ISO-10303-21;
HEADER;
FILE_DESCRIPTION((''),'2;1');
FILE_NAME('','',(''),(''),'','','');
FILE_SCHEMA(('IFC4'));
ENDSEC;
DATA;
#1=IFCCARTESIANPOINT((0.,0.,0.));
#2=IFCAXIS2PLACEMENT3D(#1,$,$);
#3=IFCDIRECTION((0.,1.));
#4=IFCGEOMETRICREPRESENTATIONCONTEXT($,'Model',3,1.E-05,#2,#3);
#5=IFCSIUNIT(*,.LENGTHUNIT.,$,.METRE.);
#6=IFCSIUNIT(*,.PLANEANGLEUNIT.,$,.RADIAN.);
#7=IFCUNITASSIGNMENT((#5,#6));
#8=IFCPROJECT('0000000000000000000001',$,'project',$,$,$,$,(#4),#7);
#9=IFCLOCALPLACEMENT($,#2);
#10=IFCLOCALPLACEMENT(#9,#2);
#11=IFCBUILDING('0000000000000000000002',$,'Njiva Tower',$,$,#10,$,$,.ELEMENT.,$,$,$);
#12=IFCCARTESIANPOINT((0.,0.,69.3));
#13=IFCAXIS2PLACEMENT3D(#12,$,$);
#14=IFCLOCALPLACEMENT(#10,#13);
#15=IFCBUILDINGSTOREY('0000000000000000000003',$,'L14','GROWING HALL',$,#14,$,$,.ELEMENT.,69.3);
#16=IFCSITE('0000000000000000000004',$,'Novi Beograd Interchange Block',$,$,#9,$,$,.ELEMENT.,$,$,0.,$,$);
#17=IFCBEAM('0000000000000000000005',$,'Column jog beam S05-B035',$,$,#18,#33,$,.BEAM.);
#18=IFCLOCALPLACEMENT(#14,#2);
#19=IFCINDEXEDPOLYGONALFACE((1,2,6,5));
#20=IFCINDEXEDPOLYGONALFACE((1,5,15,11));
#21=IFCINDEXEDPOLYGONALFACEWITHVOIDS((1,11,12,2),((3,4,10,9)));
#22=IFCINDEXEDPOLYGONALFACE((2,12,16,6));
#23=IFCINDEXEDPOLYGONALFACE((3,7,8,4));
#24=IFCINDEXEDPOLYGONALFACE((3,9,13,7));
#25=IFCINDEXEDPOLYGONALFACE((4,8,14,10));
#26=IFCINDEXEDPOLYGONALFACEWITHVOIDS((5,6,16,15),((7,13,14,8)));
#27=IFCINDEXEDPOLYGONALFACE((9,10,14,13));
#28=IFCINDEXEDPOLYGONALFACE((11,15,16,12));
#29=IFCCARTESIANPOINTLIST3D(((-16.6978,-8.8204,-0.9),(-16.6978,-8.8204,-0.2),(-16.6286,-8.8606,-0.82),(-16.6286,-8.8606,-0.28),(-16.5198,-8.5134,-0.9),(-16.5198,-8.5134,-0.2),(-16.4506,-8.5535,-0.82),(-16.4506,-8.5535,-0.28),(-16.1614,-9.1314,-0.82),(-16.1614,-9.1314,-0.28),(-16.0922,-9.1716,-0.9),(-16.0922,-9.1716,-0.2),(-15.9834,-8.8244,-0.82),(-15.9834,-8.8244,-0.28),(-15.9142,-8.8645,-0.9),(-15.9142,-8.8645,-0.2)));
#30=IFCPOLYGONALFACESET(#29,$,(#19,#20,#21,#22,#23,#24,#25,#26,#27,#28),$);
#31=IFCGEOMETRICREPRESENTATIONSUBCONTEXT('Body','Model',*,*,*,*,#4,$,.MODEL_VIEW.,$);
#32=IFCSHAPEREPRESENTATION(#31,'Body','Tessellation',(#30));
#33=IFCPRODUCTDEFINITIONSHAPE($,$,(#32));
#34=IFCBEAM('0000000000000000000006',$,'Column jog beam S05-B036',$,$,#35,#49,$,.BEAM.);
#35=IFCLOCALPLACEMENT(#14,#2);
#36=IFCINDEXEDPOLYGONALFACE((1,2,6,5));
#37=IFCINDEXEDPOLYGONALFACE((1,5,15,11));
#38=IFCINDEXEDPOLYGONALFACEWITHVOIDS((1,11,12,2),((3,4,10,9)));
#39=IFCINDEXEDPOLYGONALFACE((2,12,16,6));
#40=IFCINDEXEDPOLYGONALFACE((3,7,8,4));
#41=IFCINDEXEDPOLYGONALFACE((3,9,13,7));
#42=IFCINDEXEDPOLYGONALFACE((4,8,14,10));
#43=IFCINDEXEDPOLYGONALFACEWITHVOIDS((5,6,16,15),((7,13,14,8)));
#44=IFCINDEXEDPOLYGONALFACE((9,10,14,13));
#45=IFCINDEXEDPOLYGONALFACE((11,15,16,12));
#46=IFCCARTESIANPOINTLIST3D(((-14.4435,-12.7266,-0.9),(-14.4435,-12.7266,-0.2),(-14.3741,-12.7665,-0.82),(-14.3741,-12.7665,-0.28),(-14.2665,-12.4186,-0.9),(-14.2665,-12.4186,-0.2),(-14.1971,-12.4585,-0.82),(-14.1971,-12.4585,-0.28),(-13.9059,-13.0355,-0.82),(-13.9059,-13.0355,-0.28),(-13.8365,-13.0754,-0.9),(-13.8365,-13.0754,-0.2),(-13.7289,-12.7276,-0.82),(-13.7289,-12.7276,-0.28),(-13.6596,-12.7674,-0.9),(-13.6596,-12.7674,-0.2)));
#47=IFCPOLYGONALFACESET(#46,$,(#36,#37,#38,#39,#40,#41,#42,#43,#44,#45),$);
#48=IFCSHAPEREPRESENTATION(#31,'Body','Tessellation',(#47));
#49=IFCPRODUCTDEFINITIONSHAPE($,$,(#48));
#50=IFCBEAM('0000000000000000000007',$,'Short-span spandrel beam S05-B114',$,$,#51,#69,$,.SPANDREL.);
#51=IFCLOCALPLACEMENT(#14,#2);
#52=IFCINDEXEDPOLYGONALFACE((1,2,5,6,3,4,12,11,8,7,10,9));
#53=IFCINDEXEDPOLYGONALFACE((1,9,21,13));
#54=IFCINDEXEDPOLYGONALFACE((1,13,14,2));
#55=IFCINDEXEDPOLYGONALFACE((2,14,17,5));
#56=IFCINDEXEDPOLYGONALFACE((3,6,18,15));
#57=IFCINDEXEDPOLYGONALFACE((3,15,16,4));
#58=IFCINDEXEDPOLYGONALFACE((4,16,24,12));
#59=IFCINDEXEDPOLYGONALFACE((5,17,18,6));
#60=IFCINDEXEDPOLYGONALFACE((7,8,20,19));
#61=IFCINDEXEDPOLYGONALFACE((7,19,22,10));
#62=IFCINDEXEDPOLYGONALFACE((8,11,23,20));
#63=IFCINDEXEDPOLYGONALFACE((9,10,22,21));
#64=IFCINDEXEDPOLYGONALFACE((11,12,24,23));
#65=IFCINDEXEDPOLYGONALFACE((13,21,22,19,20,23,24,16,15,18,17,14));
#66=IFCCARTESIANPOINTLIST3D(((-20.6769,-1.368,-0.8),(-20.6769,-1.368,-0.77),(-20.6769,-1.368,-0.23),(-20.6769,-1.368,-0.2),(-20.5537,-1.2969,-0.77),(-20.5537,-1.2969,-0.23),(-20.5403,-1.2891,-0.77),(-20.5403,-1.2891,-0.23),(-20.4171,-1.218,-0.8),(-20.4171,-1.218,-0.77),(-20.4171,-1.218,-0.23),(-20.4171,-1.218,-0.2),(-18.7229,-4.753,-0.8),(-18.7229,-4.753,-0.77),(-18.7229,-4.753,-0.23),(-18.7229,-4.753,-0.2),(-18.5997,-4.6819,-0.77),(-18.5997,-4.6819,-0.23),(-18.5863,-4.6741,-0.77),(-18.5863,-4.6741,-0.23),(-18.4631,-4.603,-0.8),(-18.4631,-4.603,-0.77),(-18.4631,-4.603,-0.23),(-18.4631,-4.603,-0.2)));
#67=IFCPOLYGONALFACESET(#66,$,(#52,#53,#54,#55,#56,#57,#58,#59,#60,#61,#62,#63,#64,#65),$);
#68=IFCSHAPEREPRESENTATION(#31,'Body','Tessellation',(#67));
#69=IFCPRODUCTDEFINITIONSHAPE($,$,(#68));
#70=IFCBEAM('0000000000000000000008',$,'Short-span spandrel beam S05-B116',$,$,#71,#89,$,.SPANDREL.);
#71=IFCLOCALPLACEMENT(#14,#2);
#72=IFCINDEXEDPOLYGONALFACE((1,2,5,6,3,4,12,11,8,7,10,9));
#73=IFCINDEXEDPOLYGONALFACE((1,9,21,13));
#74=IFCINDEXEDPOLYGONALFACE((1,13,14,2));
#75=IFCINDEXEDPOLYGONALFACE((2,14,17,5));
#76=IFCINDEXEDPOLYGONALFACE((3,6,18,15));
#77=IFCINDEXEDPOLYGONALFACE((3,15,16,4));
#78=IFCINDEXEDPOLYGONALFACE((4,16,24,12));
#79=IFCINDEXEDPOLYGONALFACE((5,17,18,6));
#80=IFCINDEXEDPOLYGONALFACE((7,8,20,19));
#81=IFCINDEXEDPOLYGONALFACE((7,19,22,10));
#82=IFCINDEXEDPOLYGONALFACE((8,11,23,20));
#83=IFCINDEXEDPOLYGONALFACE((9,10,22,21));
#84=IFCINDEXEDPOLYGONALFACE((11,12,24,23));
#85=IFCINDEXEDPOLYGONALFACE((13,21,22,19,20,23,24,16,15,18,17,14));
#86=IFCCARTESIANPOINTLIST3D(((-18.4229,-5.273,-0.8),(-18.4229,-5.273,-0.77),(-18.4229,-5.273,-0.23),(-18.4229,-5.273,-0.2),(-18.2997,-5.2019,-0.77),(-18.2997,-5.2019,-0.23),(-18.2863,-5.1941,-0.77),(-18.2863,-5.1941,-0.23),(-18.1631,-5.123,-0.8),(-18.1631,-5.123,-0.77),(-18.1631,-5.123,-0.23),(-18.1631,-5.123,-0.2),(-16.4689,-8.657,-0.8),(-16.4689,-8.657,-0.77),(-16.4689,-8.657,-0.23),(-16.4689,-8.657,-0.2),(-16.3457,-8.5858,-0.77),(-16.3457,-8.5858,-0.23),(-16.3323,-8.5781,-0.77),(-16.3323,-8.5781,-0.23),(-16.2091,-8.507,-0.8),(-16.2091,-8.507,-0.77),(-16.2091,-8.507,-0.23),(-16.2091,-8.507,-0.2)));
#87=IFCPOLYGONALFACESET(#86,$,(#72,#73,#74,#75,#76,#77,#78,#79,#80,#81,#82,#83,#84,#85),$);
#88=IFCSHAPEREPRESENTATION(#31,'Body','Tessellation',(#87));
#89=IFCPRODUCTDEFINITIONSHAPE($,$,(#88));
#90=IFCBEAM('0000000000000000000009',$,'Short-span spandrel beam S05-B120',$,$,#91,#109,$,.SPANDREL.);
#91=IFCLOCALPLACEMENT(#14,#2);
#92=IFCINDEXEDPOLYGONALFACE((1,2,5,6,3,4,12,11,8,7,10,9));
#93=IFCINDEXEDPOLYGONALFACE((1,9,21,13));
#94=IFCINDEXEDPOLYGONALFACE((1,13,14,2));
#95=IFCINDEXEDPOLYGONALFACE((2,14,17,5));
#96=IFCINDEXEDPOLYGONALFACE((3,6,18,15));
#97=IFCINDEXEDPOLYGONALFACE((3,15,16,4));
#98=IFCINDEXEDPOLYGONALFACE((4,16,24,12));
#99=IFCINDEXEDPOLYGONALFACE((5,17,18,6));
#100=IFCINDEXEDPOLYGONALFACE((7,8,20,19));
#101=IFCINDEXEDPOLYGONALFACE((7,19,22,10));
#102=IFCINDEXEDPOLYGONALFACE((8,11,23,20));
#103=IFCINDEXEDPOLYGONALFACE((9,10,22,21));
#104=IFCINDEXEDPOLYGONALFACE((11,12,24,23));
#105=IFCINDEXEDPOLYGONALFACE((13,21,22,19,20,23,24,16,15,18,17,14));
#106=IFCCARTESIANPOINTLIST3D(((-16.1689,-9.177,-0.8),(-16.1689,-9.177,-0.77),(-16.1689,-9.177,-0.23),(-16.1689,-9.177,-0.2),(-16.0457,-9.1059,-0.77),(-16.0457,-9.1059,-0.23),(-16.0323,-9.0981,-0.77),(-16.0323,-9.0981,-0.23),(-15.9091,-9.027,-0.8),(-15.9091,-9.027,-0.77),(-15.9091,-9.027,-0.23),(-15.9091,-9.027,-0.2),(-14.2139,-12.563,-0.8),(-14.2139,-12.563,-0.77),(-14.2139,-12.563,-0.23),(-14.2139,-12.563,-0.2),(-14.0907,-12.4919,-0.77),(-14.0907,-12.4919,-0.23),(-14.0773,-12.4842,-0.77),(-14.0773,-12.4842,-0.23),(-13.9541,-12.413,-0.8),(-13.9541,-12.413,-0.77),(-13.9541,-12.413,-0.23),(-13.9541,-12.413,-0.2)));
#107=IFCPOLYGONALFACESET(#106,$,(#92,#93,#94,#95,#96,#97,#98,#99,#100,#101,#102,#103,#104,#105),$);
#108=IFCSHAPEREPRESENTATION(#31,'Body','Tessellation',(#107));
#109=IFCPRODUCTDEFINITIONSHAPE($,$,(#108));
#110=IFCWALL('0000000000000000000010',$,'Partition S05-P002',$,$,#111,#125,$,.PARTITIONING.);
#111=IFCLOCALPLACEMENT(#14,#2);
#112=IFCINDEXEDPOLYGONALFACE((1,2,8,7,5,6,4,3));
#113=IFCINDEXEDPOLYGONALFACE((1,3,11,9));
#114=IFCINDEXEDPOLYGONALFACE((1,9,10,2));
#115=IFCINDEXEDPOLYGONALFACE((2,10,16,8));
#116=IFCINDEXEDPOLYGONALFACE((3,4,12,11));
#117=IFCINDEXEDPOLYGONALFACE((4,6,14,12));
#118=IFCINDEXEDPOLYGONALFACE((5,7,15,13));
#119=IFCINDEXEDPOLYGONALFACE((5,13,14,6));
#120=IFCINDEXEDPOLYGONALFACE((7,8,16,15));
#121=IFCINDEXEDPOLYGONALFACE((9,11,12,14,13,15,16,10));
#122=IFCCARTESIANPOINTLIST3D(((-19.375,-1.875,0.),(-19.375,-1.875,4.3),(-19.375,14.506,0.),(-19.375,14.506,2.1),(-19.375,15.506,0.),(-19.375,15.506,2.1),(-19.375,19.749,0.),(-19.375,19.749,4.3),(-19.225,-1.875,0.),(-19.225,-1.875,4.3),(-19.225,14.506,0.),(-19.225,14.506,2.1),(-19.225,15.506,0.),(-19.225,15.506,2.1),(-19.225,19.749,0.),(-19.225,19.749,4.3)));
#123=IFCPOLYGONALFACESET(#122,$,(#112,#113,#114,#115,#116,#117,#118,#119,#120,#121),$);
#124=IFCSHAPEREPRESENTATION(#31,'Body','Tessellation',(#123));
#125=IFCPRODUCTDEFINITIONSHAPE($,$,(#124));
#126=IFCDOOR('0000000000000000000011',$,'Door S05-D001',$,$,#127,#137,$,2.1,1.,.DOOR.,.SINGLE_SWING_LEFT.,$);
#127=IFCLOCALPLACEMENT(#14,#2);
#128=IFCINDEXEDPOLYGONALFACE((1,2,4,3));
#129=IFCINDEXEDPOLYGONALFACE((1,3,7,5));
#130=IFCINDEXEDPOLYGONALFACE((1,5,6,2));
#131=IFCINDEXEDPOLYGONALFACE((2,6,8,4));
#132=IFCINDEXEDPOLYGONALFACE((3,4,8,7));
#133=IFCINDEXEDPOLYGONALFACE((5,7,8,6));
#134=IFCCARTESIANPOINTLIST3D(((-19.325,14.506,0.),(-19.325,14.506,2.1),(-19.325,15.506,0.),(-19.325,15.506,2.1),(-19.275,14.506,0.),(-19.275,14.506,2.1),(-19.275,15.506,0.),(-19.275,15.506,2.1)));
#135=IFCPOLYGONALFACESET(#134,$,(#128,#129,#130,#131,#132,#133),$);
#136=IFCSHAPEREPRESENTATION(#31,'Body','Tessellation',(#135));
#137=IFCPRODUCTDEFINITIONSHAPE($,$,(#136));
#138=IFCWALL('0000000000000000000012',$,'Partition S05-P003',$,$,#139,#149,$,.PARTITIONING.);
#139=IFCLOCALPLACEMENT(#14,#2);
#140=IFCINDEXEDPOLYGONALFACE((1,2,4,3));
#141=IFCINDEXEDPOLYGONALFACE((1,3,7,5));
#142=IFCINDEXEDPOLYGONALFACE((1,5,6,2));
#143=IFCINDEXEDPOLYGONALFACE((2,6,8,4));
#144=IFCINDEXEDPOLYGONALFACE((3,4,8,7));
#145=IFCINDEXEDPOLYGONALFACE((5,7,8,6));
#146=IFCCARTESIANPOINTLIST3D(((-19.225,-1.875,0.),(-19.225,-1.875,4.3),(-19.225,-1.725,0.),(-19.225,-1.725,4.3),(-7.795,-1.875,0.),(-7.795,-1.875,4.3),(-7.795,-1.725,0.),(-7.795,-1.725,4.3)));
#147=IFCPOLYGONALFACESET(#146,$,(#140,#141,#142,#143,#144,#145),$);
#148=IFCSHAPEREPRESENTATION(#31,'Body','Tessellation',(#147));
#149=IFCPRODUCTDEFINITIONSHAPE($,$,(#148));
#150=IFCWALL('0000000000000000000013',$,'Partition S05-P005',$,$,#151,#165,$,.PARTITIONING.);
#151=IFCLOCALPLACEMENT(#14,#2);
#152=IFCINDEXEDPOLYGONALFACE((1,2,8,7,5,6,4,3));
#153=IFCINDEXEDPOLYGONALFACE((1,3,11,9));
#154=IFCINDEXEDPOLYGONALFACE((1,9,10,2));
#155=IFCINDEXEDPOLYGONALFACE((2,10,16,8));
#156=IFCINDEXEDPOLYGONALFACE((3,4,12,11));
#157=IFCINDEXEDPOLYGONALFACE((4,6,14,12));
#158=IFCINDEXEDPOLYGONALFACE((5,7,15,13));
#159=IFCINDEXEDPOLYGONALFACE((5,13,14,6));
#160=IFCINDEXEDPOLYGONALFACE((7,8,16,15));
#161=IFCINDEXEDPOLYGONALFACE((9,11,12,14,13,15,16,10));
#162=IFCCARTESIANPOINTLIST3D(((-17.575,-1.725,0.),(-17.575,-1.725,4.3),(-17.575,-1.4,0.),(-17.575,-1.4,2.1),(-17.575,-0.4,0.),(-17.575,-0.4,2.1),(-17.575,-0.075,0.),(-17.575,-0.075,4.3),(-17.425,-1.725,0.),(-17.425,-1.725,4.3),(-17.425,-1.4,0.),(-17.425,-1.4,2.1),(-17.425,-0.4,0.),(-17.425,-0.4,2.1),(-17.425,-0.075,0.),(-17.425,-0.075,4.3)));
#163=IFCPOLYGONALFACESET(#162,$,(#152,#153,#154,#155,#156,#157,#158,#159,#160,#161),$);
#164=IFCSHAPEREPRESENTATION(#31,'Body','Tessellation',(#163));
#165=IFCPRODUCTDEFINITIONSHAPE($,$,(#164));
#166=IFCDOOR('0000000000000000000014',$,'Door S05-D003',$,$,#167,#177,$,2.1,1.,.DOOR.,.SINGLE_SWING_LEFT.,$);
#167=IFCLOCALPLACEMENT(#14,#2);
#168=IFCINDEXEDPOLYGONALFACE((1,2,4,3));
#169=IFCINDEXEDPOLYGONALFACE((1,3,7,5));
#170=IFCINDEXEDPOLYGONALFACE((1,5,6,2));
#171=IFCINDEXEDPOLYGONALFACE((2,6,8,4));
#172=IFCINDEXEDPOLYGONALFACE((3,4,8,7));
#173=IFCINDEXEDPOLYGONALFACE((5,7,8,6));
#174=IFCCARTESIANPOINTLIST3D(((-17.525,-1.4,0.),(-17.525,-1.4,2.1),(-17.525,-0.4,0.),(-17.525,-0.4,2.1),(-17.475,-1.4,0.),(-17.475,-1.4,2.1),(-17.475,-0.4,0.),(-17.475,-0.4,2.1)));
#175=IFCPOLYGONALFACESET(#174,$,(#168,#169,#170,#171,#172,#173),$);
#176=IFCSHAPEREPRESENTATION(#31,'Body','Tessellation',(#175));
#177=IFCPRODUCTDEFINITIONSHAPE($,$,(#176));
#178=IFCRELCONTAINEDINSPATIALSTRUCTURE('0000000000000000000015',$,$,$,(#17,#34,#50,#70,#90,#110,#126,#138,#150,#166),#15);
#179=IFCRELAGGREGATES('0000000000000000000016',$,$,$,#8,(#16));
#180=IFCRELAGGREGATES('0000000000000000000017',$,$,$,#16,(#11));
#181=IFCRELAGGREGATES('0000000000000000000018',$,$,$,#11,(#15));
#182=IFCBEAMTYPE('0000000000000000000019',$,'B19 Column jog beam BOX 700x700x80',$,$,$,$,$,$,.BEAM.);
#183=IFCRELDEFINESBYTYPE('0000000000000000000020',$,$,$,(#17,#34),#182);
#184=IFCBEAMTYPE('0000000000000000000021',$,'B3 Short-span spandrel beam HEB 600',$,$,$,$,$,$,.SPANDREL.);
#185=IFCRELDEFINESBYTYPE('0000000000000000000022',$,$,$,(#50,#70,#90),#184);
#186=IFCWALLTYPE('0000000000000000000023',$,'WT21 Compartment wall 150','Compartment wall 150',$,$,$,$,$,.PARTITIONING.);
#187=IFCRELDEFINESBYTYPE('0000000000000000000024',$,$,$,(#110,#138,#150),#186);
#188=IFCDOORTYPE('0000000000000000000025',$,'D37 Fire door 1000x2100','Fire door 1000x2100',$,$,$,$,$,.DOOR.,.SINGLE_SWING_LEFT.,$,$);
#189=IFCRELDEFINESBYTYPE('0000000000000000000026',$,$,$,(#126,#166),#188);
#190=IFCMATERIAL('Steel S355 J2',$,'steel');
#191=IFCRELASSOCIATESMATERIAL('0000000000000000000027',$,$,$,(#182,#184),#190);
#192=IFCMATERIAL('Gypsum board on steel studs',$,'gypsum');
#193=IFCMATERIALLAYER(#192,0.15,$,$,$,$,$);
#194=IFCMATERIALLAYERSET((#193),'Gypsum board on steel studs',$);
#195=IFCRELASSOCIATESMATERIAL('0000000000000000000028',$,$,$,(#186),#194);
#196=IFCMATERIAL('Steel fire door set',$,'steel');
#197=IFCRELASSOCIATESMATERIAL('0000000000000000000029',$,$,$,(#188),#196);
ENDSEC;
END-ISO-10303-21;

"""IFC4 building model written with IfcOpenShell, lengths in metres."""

from ifc_helpers import new_model, si_unit, direction, frame, frame_2d, origin, origin_2d, place, context, subcontext, project, spatial, rectangle, hollow_rectangle, i_section, extrude, material, layer, layer_set, material_profile, profile_set, type_object, element, fill, save


model = new_model("IFC4")

# Units and contexts
model_context = context("Model", 3, precision=1e-05, world=origin(), true_north=direction((0.0, 1.0)))
body_context = subcontext(model_context, "Body", "Model", "MODEL_VIEW")
ifc_project = project(units=[si_unit("LENGTHUNIT", "METRE"), si_unit("PLANEANGLEUNIT", "RADIAN")], contexts=[model_context])

# Site, building, storey
site_placement = place(None, origin())
site = spatial("IfcSite", under=ifc_project, at=site_placement, Name="Novi Beograd Interchange Block", CompositionType="ELEMENT", RefElevation=0.0)
building_placement = place(site_placement, origin())
building = spatial("IfcBuilding", under=site, at=building_placement, Name="Njiva Tower", CompositionType="ELEMENT")
storey_placement = place(building_placement, frame((0.0, 0.0, 69.3)))
storey = spatial("IfcBuildingStorey", under=building, at=storey_placement, Name="L14", Description="GROWING HALL", CompositionType="ELEMENT", Elevation=69.3)

# Shared definitions
ifc_material_1 = material(Name="Steel S355 J2", Category="steel")

# Beams
ifc_material_profile_1 = material_profile(ifc_material_1, hollow_rectangle(XDim=0.7, YDim=0.7, WallThickness=0.08, at=origin_2d()), Name="BOX 700x700x80")
ifc_profile_set_1 = profile_set([ifc_material_profile_1], Name="Steel S355 J2")
beam_type_1 = type_object("IfcBeamType", Name="B19 Column jog beam BOX 700x700x80", PredefinedType="BEAM", material=ifc_profile_set_1)
for number, where, z_axis, x_axis, name in (
    (1, (-16.395, -8.996, -0.55), (0.501592, 0.865105, 0.0), (-0.865105, 0.501592, 0.0), "Column jog beam S05-B035"),
):
    element("IfcBeam", number, at=place(storey_placement, frame(where, z_axis=z_axis, x_axis=x_axis)), inside=storey, type_object=beam_type_1, Name=name, PredefinedType="BEAM", context=body_context, shape_type="SweptSolid", body=[
        extrude(hollow_rectangle(XDim=0.7, YDim=0.7, WallThickness=0.08, at=origin_2d()), origin(), (0.0, 0.0, 1.0), 0.3549),
    ])
beam_1_placement = place(storey_placement, frame((-14.14, -12.901, -0.55), z_axis=(0.49826, 0.867028, 0.0), x_axis=(-0.867028, 0.49826, 0.0)))
element("IfcBeam", 2, at=beam_1_placement, inside=storey, type_object=beam_type_1, Name="Column jog beam S05-B036", PredefinedType="BEAM", context=body_context, shape_type="SweptSolid", body=[
    extrude(hollow_rectangle(XDim=0.7, YDim=0.7, WallThickness=0.08, at=origin_2d()), origin(), (0.0, 0.0, 1.0), 0.3552),
])
ifc_material_profile_2 = material_profile(ifc_material_1, i_section(OverallWidth=0.3, OverallDepth=0.6, WebThickness=0.0155, FlangeThickness=0.03, at=origin_2d()), Name="HEB 600")
ifc_profile_set_2 = profile_set([ifc_material_profile_2], Name="Steel S355 J2")
beam_type_2 = type_object("IfcBeamType", Name="B3 Short-span spandrel beam HEB 600", PredefinedType="SPANDREL", material=ifc_profile_set_2)
beam_2_placement = place(storey_placement, frame((-20.547, -1.293, -0.5), z_axis=(0.499937, -0.866062, 0.0), x_axis=(0.866062, 0.499937, 0.0)))
element("IfcBeam", 3, at=beam_2_placement, inside=storey, type_object=beam_type_2, Name="Short-span spandrel beam S05-B114", PredefinedType="SPANDREL", context=body_context, shape_type="SweptSolid", body=[
    extrude(i_section(OverallWidth=0.3, OverallDepth=0.6, WebThickness=0.0155, FlangeThickness=0.03, at=origin_2d()), origin(), (0.0, 0.0, 1.0), 3.9085),
])
beam_3_placement = place(storey_placement, frame((-18.293, -5.198, -0.5), z_axis=(0.500047, -0.865998, 0.0), x_axis=(0.865998, 0.500047, 0.0)))
element("IfcBeam", 4, at=beam_3_placement, inside=storey, type_object=beam_type_2, Name="Short-span spandrel beam S05-B116", PredefinedType="SPANDREL", context=body_context, shape_type="SweptSolid", body=[
    extrude(i_section(OverallWidth=0.3, OverallDepth=0.6, WebThickness=0.0155, FlangeThickness=0.03, at=origin_2d()), origin(), (0.0, 0.0, 1.0), 3.9076),
])
beam_4_placement = place(storey_placement, frame((-16.039, -9.102, -0.5), z_axis=(0.500018, -0.866015, 0.0), x_axis=(0.866015, 0.500018, 0.0)))
element("IfcBeam", 5, at=beam_4_placement, inside=storey, type_object=beam_type_2, Name="Short-span spandrel beam S05-B120", PredefinedType="SPANDREL", context=body_context, shape_type="SweptSolid", body=[
    extrude(i_section(OverallWidth=0.3, OverallDepth=0.6, WebThickness=0.0155, FlangeThickness=0.03, at=origin_2d()), origin(), (0.0, 0.0, 1.0), 3.9099),
])

# Wall, opening, door
ifc_material_2 = material(Name="Gypsum board on steel studs", Category="gypsum")
ifc_layer = layer(ifc_material_2, 0.15)
ifc_layer_set = layer_set([ifc_layer], Name="Gypsum board on steel studs")
wall_type = type_object("IfcWallType", Name="WT21 Compartment wall 150", Description="Compartment wall 150", PredefinedType="PARTITIONING", material=ifc_layer_set)
wall_1_placement = place(storey_placement, frame((-19.3, -1.875, 0.0), z_axis=(0.0, 0.0, 1.0), x_axis=(0.0, 1.0, 0.0)))
wall_1 = element("IfcWall", 6, at=wall_1_placement, inside=storey, type_object=wall_type, Name="Partition S05-P002", PredefinedType="PARTITIONING", context=body_context, shape_type="SweptSolid", body=[
    extrude(rectangle(XDim=21.624, YDim=0.15, at=frame_2d((10.812, 0.0))), origin(), (0.0, 0.0, 1.0), 4.3),
])
opening_1_placement = place(wall_1_placement, frame((16.381, 0.0, 0.0)))
opening_1 = element("IfcOpeningElement", 7, at=opening_1_placement, cuts=wall_1, PredefinedType="OPENING", context=body_context, shape_type="SweptSolid", body=[
    extrude(rectangle(XDim=1.0, YDim=2.1, at=frame_2d((0.5, 1.05))), frame((0.0, 0.085, 0.0), z_axis=(0.0, -1.0, 0.0), x_axis=(1.0, 0.0, 0.0)), (0.0, 0.0, 1.0), 0.17),
])
ifc_material_3 = material(Name="Steel fire door set", Category="steel")
door_type = type_object("IfcDoorType", Name="D37 Fire door 1000x2100", Description="Fire door 1000x2100", OperationType="SINGLE_SWING_LEFT", PredefinedType="DOOR", material=ifc_material_3)
door_1_placement = place(opening_1_placement, origin())
door_1 = element("IfcDoor", 8, at=door_1_placement, inside=storey, type_object=door_type, Name="Door S05-D001", OperationType="SINGLE_SWING_LEFT", OverallHeight=2.1, OverallWidth=1.0, PredefinedType="DOOR", context=body_context, shape_type="SweptSolid", body=[
    extrude(rectangle(XDim=1.0, YDim=2.1, at=frame_2d((0.5, 1.05))), frame((0.0, 0.025, 0.0), z_axis=(0.0, -1.0, 0.0), x_axis=(1.0, 0.0, 0.0)), (0.0, 0.0, 1.0), 0.05),
])
fill(opening_1, door_1)

# Wall
wall_2_placement = place(storey_placement, frame((-19.225, -1.8, 0.0), z_axis=(0.0, 0.0, 1.0), x_axis=(1.0, 0.0, 0.0)))
element("IfcWall", 9, at=wall_2_placement, inside=storey, type_object=wall_type, Name="Partition S05-P003", PredefinedType="PARTITIONING", context=body_context, shape_type="SweptSolid", body=[
    extrude(rectangle(XDim=11.43, YDim=0.15, at=frame_2d((5.715, 0.0))), origin(), (0.0, 0.0, 1.0), 4.3),
])

# Wall, opening, door
wall_3_placement = place(storey_placement, frame((-17.5, -1.725, 0.0), z_axis=(0.0, 0.0, 1.0), x_axis=(0.0, 1.0, 0.0)))
wall_3 = element("IfcWall", 10, at=wall_3_placement, inside=storey, type_object=wall_type, Name="Partition S05-P005", PredefinedType="PARTITIONING", context=body_context, shape_type="SweptSolid", body=[
    extrude(rectangle(XDim=1.65, YDim=0.15, at=frame_2d((0.825, 0.0))), origin(), (0.0, 0.0, 1.0), 4.3),
])
opening_2_placement = place(wall_3_placement, frame((0.325, 0.0, 0.0)))
opening_2 = element("IfcOpeningElement", 11, at=opening_2_placement, cuts=wall_3, PredefinedType="OPENING", context=body_context, shape_type="SweptSolid", body=[
    extrude(rectangle(XDim=1.0, YDim=2.1, at=frame_2d((0.5, 1.05))), frame((0.0, 0.085, 0.0), z_axis=(0.0, -1.0, 0.0), x_axis=(1.0, 0.0, 0.0)), (0.0, 0.0, 1.0), 0.17),
])
door_2_placement = place(opening_2_placement, origin())
door_2 = element("IfcDoor", 12, at=door_2_placement, inside=storey, type_object=door_type, Name="Door S05-D003", OperationType="SINGLE_SWING_LEFT", OverallHeight=2.1, OverallWidth=1.0, PredefinedType="DOOR", context=body_context, shape_type="SweptSolid", body=[
    extrude(rectangle(XDim=1.0, YDim=2.1, at=frame_2d((0.5, 1.05))), frame((0.0, 0.025, 0.0), z_axis=(0.0, -1.0, 0.0), x_axis=(1.0, 0.0, 0.0)), (0.0, 0.0, 1.0), 0.05),
])
fill(opening_2, door_2)

save(model, "model.ifc")
